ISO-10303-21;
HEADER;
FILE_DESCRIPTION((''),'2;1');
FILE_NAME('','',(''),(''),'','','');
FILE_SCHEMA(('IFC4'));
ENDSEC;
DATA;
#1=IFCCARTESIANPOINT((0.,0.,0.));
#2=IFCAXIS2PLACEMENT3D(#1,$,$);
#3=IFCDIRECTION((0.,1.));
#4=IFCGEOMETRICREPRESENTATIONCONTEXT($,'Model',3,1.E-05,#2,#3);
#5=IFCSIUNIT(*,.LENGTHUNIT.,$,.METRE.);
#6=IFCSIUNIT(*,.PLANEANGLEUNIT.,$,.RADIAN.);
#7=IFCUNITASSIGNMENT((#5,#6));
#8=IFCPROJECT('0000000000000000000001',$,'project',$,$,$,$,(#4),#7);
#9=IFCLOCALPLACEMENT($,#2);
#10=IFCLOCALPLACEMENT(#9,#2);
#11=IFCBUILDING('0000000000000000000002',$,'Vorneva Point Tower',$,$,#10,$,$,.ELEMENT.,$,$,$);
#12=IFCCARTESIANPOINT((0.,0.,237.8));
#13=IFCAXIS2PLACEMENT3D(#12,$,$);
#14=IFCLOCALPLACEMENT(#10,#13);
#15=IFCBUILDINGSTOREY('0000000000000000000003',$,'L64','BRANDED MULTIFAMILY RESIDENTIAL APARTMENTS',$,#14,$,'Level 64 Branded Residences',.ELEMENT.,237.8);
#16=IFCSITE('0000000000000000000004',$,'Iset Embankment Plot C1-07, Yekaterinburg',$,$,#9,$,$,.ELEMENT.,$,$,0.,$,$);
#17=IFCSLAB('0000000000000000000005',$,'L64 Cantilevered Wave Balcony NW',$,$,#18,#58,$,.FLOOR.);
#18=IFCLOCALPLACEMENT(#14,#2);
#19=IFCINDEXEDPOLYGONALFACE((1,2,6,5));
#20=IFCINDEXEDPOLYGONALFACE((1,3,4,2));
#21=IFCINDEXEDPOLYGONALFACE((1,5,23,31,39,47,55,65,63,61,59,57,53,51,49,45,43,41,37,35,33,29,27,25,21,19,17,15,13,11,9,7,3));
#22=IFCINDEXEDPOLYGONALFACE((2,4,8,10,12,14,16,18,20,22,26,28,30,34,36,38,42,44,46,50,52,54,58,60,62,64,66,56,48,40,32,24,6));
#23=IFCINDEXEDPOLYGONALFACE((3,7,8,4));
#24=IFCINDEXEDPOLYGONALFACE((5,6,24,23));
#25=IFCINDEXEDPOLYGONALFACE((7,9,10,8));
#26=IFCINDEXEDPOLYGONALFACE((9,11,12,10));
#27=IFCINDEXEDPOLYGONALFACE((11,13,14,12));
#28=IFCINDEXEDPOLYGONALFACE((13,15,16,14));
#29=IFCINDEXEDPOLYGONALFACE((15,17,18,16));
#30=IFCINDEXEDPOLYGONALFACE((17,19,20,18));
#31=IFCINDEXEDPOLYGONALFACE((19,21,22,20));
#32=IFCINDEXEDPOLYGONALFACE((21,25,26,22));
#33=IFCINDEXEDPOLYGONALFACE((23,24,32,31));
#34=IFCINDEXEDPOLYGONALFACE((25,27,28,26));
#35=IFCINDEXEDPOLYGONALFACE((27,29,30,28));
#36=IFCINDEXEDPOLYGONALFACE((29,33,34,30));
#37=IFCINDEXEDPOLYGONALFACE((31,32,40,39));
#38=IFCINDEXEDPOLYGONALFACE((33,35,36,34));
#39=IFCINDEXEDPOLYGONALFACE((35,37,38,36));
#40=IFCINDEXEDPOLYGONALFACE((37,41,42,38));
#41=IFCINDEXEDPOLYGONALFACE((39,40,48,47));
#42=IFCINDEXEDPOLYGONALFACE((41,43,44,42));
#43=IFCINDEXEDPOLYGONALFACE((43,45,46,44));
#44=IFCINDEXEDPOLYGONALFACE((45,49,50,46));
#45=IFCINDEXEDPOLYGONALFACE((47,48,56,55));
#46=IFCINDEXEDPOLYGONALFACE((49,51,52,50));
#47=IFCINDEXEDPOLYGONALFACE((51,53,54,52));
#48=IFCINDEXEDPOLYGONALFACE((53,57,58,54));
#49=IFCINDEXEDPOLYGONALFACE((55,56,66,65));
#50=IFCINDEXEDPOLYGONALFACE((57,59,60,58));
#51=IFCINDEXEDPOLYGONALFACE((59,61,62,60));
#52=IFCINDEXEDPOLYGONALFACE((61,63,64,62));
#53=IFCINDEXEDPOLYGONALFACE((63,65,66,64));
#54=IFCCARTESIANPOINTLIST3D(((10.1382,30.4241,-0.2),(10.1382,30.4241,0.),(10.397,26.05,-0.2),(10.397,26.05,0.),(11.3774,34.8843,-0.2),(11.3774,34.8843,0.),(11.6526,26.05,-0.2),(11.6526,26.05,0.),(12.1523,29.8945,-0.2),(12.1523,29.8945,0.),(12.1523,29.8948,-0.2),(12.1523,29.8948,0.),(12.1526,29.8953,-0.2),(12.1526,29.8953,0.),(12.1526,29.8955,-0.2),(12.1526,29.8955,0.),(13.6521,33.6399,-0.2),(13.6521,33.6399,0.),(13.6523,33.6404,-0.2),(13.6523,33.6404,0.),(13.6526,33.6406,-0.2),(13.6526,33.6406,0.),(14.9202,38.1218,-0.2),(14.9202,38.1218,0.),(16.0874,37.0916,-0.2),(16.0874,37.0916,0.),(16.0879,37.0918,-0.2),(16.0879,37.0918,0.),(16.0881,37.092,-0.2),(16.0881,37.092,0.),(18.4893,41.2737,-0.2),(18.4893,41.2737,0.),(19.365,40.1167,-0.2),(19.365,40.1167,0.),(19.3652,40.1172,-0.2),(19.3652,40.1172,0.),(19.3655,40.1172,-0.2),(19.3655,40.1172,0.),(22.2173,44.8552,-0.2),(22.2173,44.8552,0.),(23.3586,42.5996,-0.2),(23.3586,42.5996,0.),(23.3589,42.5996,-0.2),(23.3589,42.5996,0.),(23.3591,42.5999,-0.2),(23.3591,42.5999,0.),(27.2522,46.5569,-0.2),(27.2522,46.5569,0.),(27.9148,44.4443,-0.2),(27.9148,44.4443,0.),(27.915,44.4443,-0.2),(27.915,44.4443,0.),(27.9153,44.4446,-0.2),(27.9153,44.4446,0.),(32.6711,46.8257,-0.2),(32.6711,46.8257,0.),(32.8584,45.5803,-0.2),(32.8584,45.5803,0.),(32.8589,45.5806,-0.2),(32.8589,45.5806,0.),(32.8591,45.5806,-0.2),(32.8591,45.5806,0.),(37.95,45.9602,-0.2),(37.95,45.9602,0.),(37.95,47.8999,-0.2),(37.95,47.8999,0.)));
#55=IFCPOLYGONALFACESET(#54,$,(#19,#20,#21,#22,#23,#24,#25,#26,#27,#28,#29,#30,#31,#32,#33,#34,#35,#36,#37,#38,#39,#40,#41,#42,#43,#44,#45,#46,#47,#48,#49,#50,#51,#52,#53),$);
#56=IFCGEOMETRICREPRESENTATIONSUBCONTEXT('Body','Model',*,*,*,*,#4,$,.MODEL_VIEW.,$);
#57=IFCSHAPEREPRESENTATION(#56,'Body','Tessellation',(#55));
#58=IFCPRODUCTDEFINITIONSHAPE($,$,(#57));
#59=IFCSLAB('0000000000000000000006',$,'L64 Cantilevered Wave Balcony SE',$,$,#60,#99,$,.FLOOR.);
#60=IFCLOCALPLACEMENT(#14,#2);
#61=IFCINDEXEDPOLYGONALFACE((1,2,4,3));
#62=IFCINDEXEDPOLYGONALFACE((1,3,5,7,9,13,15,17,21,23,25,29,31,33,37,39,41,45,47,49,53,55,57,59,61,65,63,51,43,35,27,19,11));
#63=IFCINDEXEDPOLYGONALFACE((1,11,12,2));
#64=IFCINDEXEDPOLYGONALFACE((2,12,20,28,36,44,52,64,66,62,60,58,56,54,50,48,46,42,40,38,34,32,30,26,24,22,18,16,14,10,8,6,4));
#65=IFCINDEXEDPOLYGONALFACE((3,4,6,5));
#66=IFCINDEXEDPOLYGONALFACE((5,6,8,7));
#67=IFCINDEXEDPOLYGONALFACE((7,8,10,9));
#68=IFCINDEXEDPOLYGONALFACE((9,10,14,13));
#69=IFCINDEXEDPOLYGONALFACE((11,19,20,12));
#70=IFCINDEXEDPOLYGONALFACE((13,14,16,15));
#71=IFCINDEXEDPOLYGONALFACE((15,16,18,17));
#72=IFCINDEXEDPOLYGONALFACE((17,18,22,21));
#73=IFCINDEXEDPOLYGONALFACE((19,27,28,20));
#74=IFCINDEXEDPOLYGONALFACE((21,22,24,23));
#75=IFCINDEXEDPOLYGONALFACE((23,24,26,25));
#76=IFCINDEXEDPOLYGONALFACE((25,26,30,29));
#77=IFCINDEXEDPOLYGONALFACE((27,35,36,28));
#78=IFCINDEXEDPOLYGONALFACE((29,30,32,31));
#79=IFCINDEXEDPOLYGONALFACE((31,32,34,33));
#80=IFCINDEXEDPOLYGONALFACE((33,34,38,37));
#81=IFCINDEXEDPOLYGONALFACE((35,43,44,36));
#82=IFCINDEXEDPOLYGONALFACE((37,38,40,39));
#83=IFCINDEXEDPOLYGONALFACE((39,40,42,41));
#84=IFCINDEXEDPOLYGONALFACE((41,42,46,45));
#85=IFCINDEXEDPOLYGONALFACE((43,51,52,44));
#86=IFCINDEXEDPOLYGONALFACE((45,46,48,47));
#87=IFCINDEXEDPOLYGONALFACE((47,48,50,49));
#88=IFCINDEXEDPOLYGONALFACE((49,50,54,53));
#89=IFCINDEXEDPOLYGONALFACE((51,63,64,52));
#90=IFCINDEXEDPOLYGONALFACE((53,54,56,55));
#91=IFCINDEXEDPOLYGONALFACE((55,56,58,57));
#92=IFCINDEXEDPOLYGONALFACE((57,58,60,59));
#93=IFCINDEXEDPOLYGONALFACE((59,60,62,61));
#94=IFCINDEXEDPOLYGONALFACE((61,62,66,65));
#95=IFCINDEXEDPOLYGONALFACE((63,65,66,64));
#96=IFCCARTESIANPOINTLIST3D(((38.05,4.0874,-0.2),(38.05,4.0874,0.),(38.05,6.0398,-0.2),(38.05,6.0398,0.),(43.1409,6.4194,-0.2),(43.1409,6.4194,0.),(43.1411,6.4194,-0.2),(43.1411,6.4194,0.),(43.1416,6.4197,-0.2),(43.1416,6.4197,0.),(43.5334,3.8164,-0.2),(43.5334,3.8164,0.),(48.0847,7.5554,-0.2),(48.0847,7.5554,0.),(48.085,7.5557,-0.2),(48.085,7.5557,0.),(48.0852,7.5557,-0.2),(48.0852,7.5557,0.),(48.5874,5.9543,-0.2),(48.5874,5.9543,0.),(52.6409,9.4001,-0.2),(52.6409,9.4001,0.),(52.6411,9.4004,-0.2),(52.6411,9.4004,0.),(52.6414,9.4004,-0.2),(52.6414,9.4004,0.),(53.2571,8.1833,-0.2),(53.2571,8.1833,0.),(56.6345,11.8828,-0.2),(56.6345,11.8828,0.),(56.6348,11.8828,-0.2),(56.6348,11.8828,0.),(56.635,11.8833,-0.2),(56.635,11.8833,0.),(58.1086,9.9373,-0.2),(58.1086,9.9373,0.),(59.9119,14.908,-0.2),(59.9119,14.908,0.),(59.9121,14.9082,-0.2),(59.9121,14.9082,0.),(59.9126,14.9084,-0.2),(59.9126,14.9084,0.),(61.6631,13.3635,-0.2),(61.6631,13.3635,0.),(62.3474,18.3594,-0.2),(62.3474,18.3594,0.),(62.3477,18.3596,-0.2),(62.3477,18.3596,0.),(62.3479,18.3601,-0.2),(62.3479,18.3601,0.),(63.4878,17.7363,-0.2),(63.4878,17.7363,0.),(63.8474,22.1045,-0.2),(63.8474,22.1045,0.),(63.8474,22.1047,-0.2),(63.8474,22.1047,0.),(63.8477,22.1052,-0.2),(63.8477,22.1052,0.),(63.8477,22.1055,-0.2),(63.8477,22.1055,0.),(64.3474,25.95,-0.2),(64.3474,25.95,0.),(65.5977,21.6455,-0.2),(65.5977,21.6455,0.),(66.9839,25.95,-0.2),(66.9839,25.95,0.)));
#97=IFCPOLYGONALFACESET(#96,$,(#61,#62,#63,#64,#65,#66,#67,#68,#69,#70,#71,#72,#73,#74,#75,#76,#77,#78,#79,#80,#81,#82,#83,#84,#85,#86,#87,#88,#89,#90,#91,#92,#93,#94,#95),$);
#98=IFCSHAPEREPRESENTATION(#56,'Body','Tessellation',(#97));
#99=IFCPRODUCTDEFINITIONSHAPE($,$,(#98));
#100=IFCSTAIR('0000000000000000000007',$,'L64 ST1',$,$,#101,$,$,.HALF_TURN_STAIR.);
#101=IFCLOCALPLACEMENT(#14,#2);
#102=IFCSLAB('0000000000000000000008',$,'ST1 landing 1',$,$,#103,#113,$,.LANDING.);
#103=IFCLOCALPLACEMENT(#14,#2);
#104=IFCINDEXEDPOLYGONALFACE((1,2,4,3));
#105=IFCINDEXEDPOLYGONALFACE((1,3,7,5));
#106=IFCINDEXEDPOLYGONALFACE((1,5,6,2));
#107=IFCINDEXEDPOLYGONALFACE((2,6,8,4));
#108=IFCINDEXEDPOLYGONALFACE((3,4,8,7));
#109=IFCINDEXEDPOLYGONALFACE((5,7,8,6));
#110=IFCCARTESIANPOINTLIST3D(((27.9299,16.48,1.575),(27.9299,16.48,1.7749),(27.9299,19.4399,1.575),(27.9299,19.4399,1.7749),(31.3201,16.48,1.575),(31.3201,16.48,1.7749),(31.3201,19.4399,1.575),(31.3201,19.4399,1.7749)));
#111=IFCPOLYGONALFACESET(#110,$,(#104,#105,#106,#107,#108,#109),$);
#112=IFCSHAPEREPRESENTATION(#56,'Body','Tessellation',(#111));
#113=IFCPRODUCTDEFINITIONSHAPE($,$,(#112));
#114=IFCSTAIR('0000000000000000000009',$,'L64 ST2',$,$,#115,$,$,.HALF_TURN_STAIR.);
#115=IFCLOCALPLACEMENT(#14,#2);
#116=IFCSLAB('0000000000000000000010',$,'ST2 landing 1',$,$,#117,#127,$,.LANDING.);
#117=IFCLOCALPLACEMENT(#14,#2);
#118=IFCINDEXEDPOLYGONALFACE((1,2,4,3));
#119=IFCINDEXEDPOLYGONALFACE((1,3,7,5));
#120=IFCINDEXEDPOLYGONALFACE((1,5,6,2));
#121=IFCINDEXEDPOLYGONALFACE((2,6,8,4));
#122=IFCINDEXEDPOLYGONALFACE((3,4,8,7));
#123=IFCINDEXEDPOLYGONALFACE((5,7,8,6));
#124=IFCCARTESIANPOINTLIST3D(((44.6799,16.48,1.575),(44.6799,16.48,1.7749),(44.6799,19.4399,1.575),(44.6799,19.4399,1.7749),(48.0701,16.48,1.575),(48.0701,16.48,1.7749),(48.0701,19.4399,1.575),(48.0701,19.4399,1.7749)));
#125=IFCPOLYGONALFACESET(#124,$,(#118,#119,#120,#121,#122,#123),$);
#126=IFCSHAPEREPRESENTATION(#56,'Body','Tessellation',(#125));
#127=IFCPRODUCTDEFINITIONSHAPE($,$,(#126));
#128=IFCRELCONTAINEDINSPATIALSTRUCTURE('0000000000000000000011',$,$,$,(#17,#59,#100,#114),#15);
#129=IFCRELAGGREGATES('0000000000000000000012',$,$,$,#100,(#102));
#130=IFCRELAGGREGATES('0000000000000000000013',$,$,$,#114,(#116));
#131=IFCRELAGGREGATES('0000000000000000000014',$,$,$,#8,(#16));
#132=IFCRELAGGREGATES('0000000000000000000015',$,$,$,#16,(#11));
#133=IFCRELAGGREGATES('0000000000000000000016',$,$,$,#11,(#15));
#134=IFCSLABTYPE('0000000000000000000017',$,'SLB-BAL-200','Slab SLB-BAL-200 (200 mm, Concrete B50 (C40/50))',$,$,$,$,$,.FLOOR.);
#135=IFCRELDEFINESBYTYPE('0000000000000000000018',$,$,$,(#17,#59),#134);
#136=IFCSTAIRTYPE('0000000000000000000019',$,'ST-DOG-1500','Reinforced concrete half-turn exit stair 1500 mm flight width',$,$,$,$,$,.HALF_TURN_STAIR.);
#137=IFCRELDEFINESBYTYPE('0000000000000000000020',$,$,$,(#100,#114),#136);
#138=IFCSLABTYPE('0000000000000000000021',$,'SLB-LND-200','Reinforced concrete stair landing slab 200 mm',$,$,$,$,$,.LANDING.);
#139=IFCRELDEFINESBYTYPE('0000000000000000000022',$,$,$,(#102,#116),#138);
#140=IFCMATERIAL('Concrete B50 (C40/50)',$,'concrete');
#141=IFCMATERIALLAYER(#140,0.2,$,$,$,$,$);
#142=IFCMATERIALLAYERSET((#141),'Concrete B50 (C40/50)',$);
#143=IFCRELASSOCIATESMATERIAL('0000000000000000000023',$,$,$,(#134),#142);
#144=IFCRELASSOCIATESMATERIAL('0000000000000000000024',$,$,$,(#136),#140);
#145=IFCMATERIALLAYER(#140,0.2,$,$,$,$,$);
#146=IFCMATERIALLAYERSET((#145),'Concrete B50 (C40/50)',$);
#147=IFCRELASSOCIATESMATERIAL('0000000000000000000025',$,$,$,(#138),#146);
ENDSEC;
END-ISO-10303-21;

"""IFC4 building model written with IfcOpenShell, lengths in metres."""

from ifc_helpers import new_model, si_unit, direction, frame, origin, place, context, subcontext, project, spatial, polyline, outline, extrude, material, layer, layer_set, type_object, element, aggregate, save


model = new_model("IFC4")

# Units and contexts
model_context = context("Model", 3, precision=1e-05, world=origin(), true_north=direction((0.0, 1.0)))
body_context = subcontext(model_context, "Body", "Model", "MODEL_VIEW")
ifc_project = project(units=[si_unit("LENGTHUNIT", "METRE"), si_unit("PLANEANGLEUNIT", "RADIAN")], contexts=[model_context])

# Site, building, storey
site_placement = place(None, origin())
site = spatial("IfcSite", under=ifc_project, at=site_placement, Name="Iset Embankment Plot C1-07, Yekaterinburg", CompositionType="ELEMENT", RefElevation=0.0)
building_placement = place(site_placement, origin())
building = spatial("IfcBuilding", under=site, at=building_placement, Name="Vorneva Point Tower", CompositionType="ELEMENT")
storey_placement = place(building_placement, frame((0.0, 0.0, 237.8)))
storey = spatial("IfcBuildingStorey", under=building, at=storey_placement, Name="L64", Description="BRANDED MULTIFAMILY RESIDENTIAL APARTMENTS", LongName="Level 64 Branded Residences", CompositionType="ELEMENT", Elevation=237.8)

# Shared definitions
ifc_material_1 = material(Name="Concrete B50 (C40/50)", Category="concrete")

# Slabs
ifc_layer_1 = layer(ifc_material_1, 0.2)
ifc_layer_set_1 = layer_set([ifc_layer_1], Name="Concrete B50 (C40/50)")
slab_type_1 = type_object("IfcSlabType", Name="SLB-BAL-200", Description="Slab SLB-BAL-200 (200 mm, Concrete B50 (C40/50))", PredefinedType="FLOOR", material=ifc_layer_set_1)
slab_1_placement = place(storey_placement, frame((0.0, 0.0, -0.2)))
element("IfcSlab", 1, at=slab_1_placement, inside=storey, type_object=slab_type_1, Name="L64 Cantilevered Wave Balcony NW", PredefinedType="FLOOR", context=body_context, shape_type="SweptSolid", body=[
    extrude(outline(polyline([(10.397, 26.05), (11.6526, 26.05), (12.1523, 29.8945), (12.1523, 29.8948), (12.1526, 29.8953), (12.1526, 29.8955), (13.6521, 33.6399), (13.6523, 33.6404), (13.6526, 33.6406), (16.0874, 37.0916), (16.0879, 37.0918), (16.0881, 37.092), (19.365, 40.1167), (19.3652, 40.1172), (19.3655, 40.1172), (23.3586, 42.5996), (23.3589, 42.5996), (23.3591, 42.5999), (27.9148, 44.4443), (27.915, 44.4443), (27.9153, 44.4446), (32.8584, 45.5803), (32.8589, 45.5806), (32.8591, 45.5806), (37.95, 45.9602), (37.95, 47.8999), (32.6711, 46.8257), (27.2522, 46.5569), (22.2173, 44.8552), (18.4893, 41.2737), (14.9202, 38.1218), (11.3774, 34.8843), (10.1382, 30.4241), (10.397, 26.05)])), origin(), (0.0, 0.0, 1.0), 0.2),
])
slab_2_placement = place(storey_placement, frame((0.0, 0.0, -0.2)))
element("IfcSlab", 2, at=slab_2_placement, inside=storey, type_object=slab_type_1, Name="L64 Cantilevered Wave Balcony SE", PredefinedType="FLOOR", context=body_context, shape_type="SweptSolid", body=[
    extrude(outline(polyline([(65.5977, 21.6455), (66.9839, 25.95), (64.3474, 25.95), (63.8477, 22.1055), (63.8477, 22.1052), (63.8474, 22.1047), (63.8474, 22.1045), (62.3479, 18.3601), (62.3477, 18.3596), (62.3474, 18.3594), (59.9126, 14.9084), (59.9121, 14.9082), (59.9119, 14.908), (56.635, 11.8833), (56.6348, 11.8828), (56.6345, 11.8828), (52.6414, 9.4004), (52.6411, 9.4004), (52.6409, 9.4001), (48.0852, 7.5557), (48.085, 7.5557), (48.0847, 7.5554), (43.1416, 6.4197), (43.1411, 6.4194), (43.1409, 6.4194), (38.05, 6.0398), (38.05, 4.0874), (43.5334, 3.8164), (48.5874, 5.9543), (53.2571, 8.1833), (58.1086, 9.9373), (61.6631, 13.3635), (63.4878, 17.7363), (65.5977, 21.6455)])), origin(), (0.0, 0.0, 1.0), 0.2),
])

# Stairs, slabs
stair_type = type_object("IfcStairType", Name="ST-DOG-1500", Description="Reinforced concrete half-turn exit stair 1500 mm flight width", PredefinedType="HALF_TURN_STAIR", material=ifc_material_1)
stair_1_placement = place(storey_placement, origin())
stair_1 = element("IfcStair", 3, at=stair_1_placement, inside=storey, type_object=stair_type, Name="L64 ST1", PredefinedType="HALF_TURN_STAIR")
ifc_layer_2 = layer(ifc_material_1, 0.2)
ifc_layer_set_2 = layer_set([ifc_layer_2], Name="Concrete B50 (C40/50)")
slab_type_2 = type_object("IfcSlabType", Name="SLB-LND-200", Description="Reinforced concrete stair landing slab 200 mm", PredefinedType="LANDING", material=ifc_layer_set_2)
slab_3_placement = place(storey_placement, frame((0.0, 0.0, 1.575)))
slab_3 = element("IfcSlab", 4, at=slab_3_placement, type_object=slab_type_2, Name="ST1 landing 1", PredefinedType="LANDING", context=body_context, shape_type="SweptSolid", body=[
    extrude(outline(polyline([(27.9299, 16.48), (31.3201, 16.48), (31.3201, 19.4399), (27.9299, 19.4399), (27.9299, 16.48)])), origin(), (0.0, 0.0, 1.0), 0.2),
])
aggregate(stair_1, [slab_3])
stair_2_placement = place(storey_placement, origin())
stair_2 = element("IfcStair", 5, at=stair_2_placement, inside=storey, type_object=stair_type, Name="L64 ST2", PredefinedType="HALF_TURN_STAIR")
slab_4_placement = place(storey_placement, frame((0.0, 0.0, 1.575)))
slab_4 = element("IfcSlab", 6, at=slab_4_placement, type_object=slab_type_2, Name="ST2 landing 1", PredefinedType="LANDING", context=body_context, shape_type="SweptSolid", body=[
    extrude(outline(polyline([(44.6799, 16.48), (48.0701, 16.48), (48.0701, 19.4399), (44.6799, 19.4399), (44.6799, 16.48)])), origin(), (0.0, 0.0, 1.0), 0.2),
])
aggregate(stair_2, [slab_4])

save(model, "model.ifc")
